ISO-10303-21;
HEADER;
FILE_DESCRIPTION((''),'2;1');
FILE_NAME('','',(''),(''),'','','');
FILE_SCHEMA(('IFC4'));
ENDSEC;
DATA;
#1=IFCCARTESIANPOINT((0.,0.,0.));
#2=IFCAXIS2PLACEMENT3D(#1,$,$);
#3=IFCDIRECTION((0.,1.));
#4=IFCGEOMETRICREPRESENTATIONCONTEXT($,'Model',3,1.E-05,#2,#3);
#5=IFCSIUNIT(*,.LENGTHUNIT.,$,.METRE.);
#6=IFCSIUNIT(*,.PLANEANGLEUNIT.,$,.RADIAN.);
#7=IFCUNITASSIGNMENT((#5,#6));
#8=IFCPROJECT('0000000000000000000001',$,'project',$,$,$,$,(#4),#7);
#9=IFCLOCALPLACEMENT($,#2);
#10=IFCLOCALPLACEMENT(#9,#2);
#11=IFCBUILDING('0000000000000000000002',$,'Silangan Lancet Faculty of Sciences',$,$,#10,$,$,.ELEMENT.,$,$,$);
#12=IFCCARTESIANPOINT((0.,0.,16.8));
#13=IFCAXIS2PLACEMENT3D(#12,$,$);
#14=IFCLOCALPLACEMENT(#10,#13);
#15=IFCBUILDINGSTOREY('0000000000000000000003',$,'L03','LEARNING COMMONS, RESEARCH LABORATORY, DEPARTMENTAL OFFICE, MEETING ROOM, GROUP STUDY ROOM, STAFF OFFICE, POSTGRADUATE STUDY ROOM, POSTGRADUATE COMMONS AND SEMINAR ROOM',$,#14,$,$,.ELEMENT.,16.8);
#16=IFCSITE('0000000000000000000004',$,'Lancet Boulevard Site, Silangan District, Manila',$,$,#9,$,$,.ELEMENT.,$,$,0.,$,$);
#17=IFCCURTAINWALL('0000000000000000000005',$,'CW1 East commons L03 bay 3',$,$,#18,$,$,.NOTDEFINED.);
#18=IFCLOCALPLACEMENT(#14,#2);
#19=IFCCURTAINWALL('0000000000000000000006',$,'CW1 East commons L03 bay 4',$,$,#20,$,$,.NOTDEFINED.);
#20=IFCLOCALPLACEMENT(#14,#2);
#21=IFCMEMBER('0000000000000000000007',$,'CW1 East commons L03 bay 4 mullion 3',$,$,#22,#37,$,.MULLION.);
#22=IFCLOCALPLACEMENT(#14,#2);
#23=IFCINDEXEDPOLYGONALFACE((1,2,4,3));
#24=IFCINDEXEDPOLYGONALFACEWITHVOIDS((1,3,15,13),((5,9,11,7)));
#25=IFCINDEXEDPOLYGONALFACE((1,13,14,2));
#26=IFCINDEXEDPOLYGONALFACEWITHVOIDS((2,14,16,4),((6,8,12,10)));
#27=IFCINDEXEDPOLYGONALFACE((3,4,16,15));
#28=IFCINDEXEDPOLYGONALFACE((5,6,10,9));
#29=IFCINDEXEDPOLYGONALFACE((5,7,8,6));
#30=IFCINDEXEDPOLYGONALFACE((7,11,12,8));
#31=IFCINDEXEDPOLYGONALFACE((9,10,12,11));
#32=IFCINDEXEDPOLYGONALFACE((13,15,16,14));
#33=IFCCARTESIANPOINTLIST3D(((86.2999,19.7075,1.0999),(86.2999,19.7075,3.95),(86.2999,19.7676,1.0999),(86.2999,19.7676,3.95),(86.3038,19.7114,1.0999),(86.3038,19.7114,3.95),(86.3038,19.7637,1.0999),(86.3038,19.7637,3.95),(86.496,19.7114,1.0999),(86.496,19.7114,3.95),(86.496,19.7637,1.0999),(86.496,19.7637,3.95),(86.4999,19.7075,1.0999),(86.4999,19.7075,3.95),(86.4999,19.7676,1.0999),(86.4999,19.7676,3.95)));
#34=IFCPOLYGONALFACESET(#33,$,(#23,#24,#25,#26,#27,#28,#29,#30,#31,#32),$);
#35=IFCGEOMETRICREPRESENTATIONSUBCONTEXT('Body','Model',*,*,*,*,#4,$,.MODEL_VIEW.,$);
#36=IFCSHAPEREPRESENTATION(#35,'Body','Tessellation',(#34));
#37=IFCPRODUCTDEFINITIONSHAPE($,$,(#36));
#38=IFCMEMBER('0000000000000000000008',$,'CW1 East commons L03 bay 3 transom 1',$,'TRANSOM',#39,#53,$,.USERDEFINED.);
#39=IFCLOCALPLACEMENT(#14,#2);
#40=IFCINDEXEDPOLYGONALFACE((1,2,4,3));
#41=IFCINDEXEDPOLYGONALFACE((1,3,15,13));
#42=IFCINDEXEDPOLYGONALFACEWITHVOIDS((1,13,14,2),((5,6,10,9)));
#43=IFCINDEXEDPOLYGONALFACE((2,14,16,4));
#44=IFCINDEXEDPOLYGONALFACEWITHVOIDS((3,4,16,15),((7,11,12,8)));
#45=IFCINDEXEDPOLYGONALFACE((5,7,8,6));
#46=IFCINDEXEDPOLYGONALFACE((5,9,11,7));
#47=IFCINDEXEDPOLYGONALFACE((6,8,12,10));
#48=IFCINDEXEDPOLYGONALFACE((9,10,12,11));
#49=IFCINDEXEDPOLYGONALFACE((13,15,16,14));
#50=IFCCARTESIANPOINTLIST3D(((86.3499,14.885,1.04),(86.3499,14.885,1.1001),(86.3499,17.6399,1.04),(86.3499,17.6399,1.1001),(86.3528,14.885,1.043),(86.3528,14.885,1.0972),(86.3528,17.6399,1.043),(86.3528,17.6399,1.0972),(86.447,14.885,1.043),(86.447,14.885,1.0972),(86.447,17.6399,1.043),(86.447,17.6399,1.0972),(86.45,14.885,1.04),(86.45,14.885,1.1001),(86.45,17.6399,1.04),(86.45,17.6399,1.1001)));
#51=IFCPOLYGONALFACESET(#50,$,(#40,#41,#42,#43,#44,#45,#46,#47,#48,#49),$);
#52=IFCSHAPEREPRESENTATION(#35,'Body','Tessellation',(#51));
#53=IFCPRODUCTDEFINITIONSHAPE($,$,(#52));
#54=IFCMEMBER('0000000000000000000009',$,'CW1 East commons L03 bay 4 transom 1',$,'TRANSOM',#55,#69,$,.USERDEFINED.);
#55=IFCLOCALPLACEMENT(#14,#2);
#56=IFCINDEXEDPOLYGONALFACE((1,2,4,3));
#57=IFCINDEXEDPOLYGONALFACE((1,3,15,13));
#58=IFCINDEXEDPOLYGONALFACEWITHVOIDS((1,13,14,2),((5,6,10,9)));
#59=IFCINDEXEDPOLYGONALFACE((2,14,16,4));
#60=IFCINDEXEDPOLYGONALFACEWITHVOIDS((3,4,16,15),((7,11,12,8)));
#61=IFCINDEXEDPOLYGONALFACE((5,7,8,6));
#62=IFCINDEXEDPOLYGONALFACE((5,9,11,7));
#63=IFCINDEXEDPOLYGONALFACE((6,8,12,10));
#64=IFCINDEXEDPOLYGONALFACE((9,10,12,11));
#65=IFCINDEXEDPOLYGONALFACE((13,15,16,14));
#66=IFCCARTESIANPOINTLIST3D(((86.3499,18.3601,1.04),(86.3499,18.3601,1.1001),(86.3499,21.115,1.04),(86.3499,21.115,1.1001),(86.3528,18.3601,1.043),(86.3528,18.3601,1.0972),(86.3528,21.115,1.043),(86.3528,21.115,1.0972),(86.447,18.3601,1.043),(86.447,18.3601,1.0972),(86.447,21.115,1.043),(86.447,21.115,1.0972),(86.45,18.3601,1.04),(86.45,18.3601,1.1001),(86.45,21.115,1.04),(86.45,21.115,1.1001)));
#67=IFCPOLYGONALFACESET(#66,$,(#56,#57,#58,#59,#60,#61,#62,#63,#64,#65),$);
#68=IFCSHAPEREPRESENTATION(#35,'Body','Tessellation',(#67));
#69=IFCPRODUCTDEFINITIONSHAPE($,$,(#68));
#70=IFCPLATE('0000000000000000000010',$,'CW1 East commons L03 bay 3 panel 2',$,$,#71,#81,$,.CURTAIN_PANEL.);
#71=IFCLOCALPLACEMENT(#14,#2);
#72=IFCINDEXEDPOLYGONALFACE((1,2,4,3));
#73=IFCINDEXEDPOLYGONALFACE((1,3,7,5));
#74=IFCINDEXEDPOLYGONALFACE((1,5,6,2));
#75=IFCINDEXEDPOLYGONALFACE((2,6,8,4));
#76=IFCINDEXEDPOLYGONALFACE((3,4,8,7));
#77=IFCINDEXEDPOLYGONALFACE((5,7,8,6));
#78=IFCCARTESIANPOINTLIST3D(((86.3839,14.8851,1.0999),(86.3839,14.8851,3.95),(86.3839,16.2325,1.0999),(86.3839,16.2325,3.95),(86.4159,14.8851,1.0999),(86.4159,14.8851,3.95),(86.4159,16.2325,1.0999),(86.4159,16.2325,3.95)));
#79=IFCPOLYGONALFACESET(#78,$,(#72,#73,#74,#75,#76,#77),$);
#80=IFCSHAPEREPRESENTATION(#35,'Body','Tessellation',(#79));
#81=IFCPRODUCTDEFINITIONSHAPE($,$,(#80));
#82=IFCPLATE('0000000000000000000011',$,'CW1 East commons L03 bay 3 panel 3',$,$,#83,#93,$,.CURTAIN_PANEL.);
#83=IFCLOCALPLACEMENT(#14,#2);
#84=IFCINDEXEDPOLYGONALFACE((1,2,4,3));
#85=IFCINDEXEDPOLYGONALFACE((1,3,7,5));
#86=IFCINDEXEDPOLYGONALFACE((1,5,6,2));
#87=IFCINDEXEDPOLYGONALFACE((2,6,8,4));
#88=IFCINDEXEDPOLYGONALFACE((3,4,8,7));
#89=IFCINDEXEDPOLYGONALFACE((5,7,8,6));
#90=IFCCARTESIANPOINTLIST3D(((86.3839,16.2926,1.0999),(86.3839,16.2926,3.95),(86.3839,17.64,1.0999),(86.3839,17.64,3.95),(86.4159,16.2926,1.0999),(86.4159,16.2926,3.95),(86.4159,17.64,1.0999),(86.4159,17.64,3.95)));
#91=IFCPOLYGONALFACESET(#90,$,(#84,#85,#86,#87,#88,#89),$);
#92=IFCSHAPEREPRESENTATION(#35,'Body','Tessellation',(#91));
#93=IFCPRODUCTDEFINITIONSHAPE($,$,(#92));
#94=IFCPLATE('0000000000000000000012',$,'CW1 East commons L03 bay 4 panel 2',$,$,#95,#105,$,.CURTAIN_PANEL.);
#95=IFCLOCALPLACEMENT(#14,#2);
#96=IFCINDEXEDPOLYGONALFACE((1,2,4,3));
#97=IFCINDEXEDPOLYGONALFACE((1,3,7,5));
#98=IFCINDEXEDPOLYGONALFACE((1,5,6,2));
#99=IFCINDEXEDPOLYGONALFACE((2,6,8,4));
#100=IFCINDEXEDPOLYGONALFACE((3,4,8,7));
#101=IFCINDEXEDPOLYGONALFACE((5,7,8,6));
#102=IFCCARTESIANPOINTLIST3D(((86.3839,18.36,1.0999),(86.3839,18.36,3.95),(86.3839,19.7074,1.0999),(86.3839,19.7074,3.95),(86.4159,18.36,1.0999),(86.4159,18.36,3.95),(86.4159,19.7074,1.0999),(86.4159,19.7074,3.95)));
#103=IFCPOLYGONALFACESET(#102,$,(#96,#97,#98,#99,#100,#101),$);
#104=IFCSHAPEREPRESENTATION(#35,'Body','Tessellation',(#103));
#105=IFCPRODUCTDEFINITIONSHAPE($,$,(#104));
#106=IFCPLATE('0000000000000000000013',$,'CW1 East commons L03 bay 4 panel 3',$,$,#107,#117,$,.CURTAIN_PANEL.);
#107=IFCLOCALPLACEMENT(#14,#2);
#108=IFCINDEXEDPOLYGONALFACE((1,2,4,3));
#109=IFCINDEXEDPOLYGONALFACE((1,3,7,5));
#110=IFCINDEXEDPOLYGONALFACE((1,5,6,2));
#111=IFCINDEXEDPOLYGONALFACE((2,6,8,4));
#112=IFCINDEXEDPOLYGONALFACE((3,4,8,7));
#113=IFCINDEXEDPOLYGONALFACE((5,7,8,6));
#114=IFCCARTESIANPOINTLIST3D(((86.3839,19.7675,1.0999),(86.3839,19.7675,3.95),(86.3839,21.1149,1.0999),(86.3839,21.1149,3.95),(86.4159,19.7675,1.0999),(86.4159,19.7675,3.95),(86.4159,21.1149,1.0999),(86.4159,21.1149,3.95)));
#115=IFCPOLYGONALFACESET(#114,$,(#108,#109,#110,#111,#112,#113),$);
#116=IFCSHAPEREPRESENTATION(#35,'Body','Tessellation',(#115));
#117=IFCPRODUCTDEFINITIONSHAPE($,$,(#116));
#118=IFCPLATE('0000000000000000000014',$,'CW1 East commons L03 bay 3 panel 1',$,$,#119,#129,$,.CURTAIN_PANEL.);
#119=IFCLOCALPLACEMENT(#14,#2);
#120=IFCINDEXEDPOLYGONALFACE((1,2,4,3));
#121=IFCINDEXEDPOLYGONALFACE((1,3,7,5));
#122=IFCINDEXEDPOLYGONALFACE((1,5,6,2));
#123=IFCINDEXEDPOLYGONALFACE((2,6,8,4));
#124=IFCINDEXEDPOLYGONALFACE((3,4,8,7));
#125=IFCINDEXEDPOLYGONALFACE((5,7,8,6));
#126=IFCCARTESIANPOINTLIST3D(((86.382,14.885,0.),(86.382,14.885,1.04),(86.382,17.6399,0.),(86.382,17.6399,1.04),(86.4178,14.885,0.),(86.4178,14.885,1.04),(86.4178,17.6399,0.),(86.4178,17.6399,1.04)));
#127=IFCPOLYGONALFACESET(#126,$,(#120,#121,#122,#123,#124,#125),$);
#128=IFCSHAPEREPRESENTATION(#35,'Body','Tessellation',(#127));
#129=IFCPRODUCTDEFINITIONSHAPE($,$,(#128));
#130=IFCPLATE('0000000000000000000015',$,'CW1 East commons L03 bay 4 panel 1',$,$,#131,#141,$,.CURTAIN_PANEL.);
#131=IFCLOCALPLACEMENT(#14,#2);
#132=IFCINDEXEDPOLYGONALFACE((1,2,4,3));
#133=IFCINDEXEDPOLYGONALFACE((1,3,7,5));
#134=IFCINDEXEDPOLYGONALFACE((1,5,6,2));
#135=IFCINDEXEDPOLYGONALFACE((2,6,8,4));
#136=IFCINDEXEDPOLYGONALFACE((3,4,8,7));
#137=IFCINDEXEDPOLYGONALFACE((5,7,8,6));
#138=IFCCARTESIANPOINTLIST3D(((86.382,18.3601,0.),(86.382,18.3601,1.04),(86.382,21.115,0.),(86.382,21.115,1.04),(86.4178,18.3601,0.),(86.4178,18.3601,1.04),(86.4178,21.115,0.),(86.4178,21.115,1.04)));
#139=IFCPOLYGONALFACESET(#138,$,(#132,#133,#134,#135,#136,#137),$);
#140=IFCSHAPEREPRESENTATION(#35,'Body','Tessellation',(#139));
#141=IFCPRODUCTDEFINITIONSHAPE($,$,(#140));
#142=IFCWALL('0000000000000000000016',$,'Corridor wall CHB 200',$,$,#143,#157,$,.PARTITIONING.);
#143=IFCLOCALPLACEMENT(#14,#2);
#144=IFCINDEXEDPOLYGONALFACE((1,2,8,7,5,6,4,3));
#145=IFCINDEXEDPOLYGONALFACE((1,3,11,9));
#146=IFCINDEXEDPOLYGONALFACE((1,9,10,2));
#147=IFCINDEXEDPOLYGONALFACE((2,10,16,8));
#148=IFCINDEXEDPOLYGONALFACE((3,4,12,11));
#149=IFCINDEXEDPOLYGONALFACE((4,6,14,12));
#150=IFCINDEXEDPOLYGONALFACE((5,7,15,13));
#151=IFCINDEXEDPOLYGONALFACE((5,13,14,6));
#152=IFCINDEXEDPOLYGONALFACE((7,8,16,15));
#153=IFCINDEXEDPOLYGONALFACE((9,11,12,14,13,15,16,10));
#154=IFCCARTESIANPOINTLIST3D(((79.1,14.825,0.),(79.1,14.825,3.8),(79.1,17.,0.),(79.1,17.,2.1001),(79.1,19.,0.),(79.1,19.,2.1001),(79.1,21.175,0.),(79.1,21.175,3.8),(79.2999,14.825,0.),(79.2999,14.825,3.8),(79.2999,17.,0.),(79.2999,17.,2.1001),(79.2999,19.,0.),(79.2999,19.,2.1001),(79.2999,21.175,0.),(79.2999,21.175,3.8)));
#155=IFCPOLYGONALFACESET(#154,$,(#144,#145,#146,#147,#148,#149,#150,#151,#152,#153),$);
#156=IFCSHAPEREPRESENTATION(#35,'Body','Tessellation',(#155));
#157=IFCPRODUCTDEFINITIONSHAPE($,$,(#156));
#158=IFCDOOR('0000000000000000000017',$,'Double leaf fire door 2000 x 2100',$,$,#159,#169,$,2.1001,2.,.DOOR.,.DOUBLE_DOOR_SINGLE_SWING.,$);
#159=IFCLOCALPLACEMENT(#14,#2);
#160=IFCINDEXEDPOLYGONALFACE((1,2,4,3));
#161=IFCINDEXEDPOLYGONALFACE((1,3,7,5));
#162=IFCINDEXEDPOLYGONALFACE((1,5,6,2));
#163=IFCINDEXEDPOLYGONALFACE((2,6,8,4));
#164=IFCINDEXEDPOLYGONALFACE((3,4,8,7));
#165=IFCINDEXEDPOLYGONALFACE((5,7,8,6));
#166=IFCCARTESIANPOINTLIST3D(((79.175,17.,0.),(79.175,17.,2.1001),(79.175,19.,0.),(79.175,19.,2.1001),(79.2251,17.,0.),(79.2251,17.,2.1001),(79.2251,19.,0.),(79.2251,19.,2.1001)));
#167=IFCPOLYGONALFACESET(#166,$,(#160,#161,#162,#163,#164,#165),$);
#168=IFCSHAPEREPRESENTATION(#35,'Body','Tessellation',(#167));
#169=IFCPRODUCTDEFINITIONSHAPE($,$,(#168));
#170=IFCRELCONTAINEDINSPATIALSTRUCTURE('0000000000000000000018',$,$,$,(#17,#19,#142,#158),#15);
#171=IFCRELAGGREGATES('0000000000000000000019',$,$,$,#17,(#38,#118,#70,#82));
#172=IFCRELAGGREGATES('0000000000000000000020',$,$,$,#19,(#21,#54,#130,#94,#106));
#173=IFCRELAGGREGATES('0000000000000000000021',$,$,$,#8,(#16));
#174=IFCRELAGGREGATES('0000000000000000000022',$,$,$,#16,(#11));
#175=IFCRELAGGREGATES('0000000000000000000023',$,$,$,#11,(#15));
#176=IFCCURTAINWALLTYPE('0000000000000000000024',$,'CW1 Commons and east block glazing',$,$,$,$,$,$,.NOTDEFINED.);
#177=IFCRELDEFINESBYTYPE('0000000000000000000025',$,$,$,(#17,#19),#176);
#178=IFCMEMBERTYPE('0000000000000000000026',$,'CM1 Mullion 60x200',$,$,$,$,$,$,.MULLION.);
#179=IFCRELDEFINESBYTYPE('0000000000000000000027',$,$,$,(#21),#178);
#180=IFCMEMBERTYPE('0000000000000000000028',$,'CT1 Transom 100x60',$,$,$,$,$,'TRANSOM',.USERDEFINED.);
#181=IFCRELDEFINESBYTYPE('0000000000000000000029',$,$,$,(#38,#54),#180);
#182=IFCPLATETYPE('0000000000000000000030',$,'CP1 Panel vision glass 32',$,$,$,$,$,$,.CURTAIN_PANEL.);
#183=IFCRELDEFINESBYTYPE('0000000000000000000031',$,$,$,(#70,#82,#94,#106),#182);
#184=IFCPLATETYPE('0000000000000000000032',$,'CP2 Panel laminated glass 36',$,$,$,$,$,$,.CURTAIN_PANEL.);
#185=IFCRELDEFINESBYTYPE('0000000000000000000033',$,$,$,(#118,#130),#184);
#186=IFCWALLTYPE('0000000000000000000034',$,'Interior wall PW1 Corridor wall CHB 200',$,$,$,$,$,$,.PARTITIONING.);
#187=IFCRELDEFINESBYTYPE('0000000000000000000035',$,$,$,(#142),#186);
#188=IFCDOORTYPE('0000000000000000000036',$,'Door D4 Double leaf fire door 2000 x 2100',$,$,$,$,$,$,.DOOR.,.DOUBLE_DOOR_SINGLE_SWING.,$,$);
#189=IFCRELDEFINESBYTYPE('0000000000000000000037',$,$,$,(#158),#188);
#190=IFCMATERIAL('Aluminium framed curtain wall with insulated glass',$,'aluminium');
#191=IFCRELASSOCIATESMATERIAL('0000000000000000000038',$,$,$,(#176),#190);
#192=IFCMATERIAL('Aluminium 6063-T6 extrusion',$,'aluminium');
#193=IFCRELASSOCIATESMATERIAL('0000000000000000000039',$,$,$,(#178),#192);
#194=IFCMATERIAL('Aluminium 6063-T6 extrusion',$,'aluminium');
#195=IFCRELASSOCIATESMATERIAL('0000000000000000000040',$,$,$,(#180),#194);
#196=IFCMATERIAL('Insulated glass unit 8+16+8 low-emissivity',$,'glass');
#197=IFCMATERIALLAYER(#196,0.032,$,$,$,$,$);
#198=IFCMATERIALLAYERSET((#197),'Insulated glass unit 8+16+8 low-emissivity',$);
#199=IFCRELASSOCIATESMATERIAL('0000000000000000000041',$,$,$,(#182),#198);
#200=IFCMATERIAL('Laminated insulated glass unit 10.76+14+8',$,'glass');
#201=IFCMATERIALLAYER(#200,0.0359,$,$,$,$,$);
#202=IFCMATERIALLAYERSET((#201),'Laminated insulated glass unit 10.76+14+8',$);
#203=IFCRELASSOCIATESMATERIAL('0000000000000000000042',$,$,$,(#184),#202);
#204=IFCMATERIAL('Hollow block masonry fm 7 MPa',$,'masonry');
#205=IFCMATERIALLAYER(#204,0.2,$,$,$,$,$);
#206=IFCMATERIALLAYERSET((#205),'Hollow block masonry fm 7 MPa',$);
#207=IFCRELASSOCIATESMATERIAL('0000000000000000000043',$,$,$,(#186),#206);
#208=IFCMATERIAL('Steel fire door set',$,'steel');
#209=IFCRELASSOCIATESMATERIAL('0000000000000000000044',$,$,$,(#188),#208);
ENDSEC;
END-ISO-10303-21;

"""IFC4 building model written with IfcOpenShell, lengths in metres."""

from ifc_helpers import new_model, si_unit, direction, frame, frame_2d, origin, origin_2d, place, context, subcontext, project, spatial, rectangle, hollow_rectangle, extrude, material, layer, layer_set, material_profile, profile_set, type_object, element, fill, aggregate, save


model = new_model("IFC4")

# Units and contexts
model_context = context("Model", 3, precision=1e-05, world=origin(), true_north=direction((0.0, 1.0)))
body_context = subcontext(model_context, "Body", "Model", "MODEL_VIEW")
ifc_project = project(units=[si_unit("LENGTHUNIT", "METRE"), si_unit("PLANEANGLEUNIT", "RADIAN")], contexts=[model_context])

# Site, building, storey
site_placement = place(None, origin())
site = spatial("IfcSite", under=ifc_project, at=site_placement, Name="Lancet Boulevard Site, Silangan District, Manila", CompositionType="ELEMENT", RefElevation=0.0)
building_placement = place(site_placement, origin())
building = spatial("IfcBuilding", under=site, at=building_placement, Name="Silangan Lancet Faculty of Sciences", CompositionType="ELEMENT")
storey_placement = place(building_placement, frame((0.0, 0.0, 16.8)))
storey = spatial("IfcBuildingStorey", under=building, at=storey_placement, Name="L03", Description="LEARNING COMMONS, RESEARCH LABORATORY, DEPARTMENTAL OFFICE, MEETING ROOM, GROUP STUDY ROOM, STAFF OFFICE, POSTGRADUATE STUDY ROOM, POSTGRADUATE COMMONS AND SEMINAR ROOM", CompositionType="ELEMENT", Elevation=16.8)

# Shared definitions
ifc_material_1 = material(Name="Aluminium framed curtain wall with insulated glass", Category="aluminium")
curtain_wall_type = type_object("IfcCurtainWallType", Name="CW1 Commons and east block glazing", PredefinedType="NOTDEFINED", material=ifc_material_1)
ifc_material_2 = material(Name="Aluminium 6063-T6 extrusion", Category="aluminium")
ifc_material_profile_1 = material_profile(ifc_material_2, hollow_rectangle(XDim=0.0601, YDim=0.2, WallThickness=0.0039, at=origin_2d()), Name="AL BOX 60x200x4")
ifc_profile_set_1 = profile_set([ifc_material_profile_1], Name="Aluminium 6063-T6 extrusion")
member_type_1 = type_object("IfcMemberType", Name="CM1 Mullion 60x200", PredefinedType="MULLION", material=ifc_profile_set_1)

# Curtain walls, member
curtain_wall_1_placement = place(storey_placement, origin())
curtain_wall_1 = element("IfcCurtainWall", 1, at=curtain_wall_1_placement, inside=storey, type_object=curtain_wall_type, Name="CW1 East commons L03 bay 3", PredefinedType="NOTDEFINED")
curtain_wall_2_placement = place(storey_placement, origin())
curtain_wall_2 = element("IfcCurtainWall", 2, at=curtain_wall_2_placement, inside=storey, type_object=curtain_wall_type, Name="CW1 East commons L03 bay 4", PredefinedType="NOTDEFINED")
member_1_placement = place(storey_placement, frame((86.3999, 19.7375, 1.0999), z_axis=(0.0, 0.0, 1.0), x_axis=(0.0, 1.0, 0.0)))
member_1 = element("IfcMember", 3, at=member_1_placement, type_object=member_type_1, Name="CW1 East commons L03 bay 4 mullion 3", PredefinedType="MULLION", context=body_context, shape_type="SweptSolid", body=[
    extrude(hollow_rectangle(XDim=0.0601, YDim=0.2, WallThickness=0.0039, at=origin_2d()), origin(), (0.0, 0.0, 1.0), 2.8501),
])

# Members
ifc_material_3 = material(Name="Aluminium 6063-T6 extrusion", Category="aluminium")
ifc_material_profile_2 = material_profile(ifc_material_3, hollow_rectangle(XDim=0.1001, YDim=0.0601, WallThickness=0.0029, at=origin_2d()), Name="AL BOX 100x60x3")
ifc_profile_set_2 = profile_set([ifc_material_profile_2], Name="Aluminium 6063-T6 extrusion")
member_type_2 = type_object("IfcMemberType", Name="CT1 Transom 100x60", ElementType="TRANSOM", PredefinedType="USERDEFINED", material=ifc_profile_set_2)
member_2_placement = place(storey_placement, frame((86.3999, 14.885, 1.0701), z_axis=(0.0, 1.0, 0.0), x_axis=(-1.0, 0.0, 0.0)))
member_2 = element("IfcMember", 4, at=member_2_placement, type_object=member_type_2, Name="CW1 East commons L03 bay 3 transom 1", ObjectType="TRANSOM", PredefinedType="USERDEFINED", context=body_context, shape_type="SweptSolid", body=[
    extrude(hollow_rectangle(XDim=0.1001, YDim=0.0601, WallThickness=0.0029, at=origin_2d()), origin(), (0.0, 0.0, 1.0), 2.7549),
])
member_3_placement = place(storey_placement, frame((86.3999, 18.3601, 1.0701), z_axis=(0.0, 1.0, 0.0), x_axis=(-1.0, 0.0, 0.0)))
member_3 = element("IfcMember", 5, at=member_3_placement, type_object=member_type_2, Name="CW1 East commons L03 bay 4 transom 1", ObjectType="TRANSOM", PredefinedType="USERDEFINED", context=body_context, shape_type="SweptSolid", body=[
    extrude(hollow_rectangle(XDim=0.1001, YDim=0.0601, WallThickness=0.0029, at=origin_2d()), origin(), (0.0, 0.0, 1.0), 2.7549),
])

# Plates
ifc_material_4 = material(Name="Insulated glass unit 8+16+8 low-emissivity", Category="glass")
ifc_layer_1 = layer(ifc_material_4, 0.032)
ifc_layer_set_1 = layer_set([ifc_layer_1], Name="Insulated glass unit 8+16+8 low-emissivity")
plate_type_1 = type_object("IfcPlateType", Name="CP1 Panel vision glass 32", PredefinedType="CURTAIN_PANEL", material=ifc_layer_set_1)
plate_1_placement = place(storey_placement, frame((86.3999, 15.5588, 1.0999), z_axis=(0.0, 0.0, 1.0), x_axis=(0.0, 1.0, 0.0)))
plate_1 = element("IfcPlate", 6, at=plate_1_placement, type_object=plate_type_1, Name="CW1 East commons L03 bay 3 panel 2", PredefinedType="CURTAIN_PANEL", context=body_context, shape_type="SweptSolid", body=[
    extrude(rectangle(XDim=1.3474, YDim=0.032, at=origin_2d()), origin(), (0.0, 0.0, 1.0), 2.8501),
])
plate_2_placement = place(storey_placement, frame((86.3999, 16.9663, 1.0999), z_axis=(0.0, 0.0, 1.0), x_axis=(0.0, 1.0, 0.0)))
plate_2 = element("IfcPlate", 7, at=plate_2_placement, type_object=plate_type_1, Name="CW1 East commons L03 bay 3 panel 3", PredefinedType="CURTAIN_PANEL", context=body_context, shape_type="SweptSolid", body=[
    extrude(rectangle(XDim=1.3474, YDim=0.032, at=origin_2d()), origin(), (0.0, 0.0, 1.0), 2.8501),
])
plate_3_placement = place(storey_placement, frame((86.3999, 19.0337, 1.0999), z_axis=(0.0, 0.0, 1.0), x_axis=(0.0, 1.0, 0.0)))
plate_3 = element("IfcPlate", 8, at=plate_3_placement, type_object=plate_type_1, Name="CW1 East commons L03 bay 4 panel 2", PredefinedType="CURTAIN_PANEL", context=body_context, shape_type="SweptSolid", body=[
    extrude(rectangle(XDim=1.3474, YDim=0.032, at=origin_2d()), origin(), (0.0, 0.0, 1.0), 2.8501),
])
plate_4_placement = place(storey_placement, frame((86.3999, 20.4412, 1.0999), z_axis=(0.0, 0.0, 1.0), x_axis=(0.0, 1.0, 0.0)))
plate_4 = element("IfcPlate", 9, at=plate_4_placement, type_object=plate_type_1, Name="CW1 East commons L03 bay 4 panel 3", PredefinedType="CURTAIN_PANEL", context=body_context, shape_type="SweptSolid", body=[
    extrude(rectangle(XDim=1.3474, YDim=0.032, at=origin_2d()), origin(), (0.0, 0.0, 1.0), 2.8501),
])
ifc_material_5 = material(Name="Laminated insulated glass unit 10.76+14+8", Category="glass")
ifc_layer_2 = layer(ifc_material_5, 0.0359)
ifc_layer_set_2 = layer_set([ifc_layer_2], Name="Laminated insulated glass unit 10.76+14+8")
plate_type_2 = type_object("IfcPlateType", Name="CP2 Panel laminated glass 36", PredefinedType="CURTAIN_PANEL", material=ifc_layer_set_2)
plate_5_placement = place(storey_placement, frame((86.3999, 16.2625, 0.0), z_axis=(0.0, 0.0, 1.0), x_axis=(0.0, 1.0, 0.0)))
plate_5 = element("IfcPlate", 10, at=plate_5_placement, type_object=plate_type_2, Name="CW1 East commons L03 bay 3 panel 1", PredefinedType="CURTAIN_PANEL", context=body_context, shape_type="SweptSolid", body=[
    extrude(rectangle(XDim=2.7549, YDim=0.0359, at=origin_2d()), origin(), (0.0, 0.0, 1.0), 1.04),
])
aggregate(curtain_wall_1, [member_2, plate_5, plate_1, plate_2])
plate_6_placement = place(storey_placement, frame((86.3999, 19.7375, 0.0), z_axis=(0.0, 0.0, 1.0), x_axis=(0.0, 1.0, 0.0)))
plate_6 = element("IfcPlate", 11, at=plate_6_placement, type_object=plate_type_2, Name="CW1 East commons L03 bay 4 panel 1", PredefinedType="CURTAIN_PANEL", context=body_context, shape_type="SweptSolid", body=[
    extrude(rectangle(XDim=2.7549, YDim=0.0359, at=origin_2d()), origin(), (0.0, 0.0, 1.0), 1.04),
])
aggregate(curtain_wall_2, [member_1, member_3, plate_6, plate_3, plate_4])

# Wall, opening, door
ifc_material_6 = material(Name="Hollow block masonry fm 7 MPa", Category="masonry")
ifc_layer_3 = layer(ifc_material_6, 0.2)
ifc_layer_set_3 = layer_set([ifc_layer_3], Name="Hollow block masonry fm 7 MPa")
wall_type_1 = type_object("IfcWallType", Name="Interior wall PW1 Corridor wall CHB 200", PredefinedType="PARTITIONING", material=ifc_layer_set_3)
wall_1_placement = place(storey_placement, frame((79.2, 14.825, 0.0), z_axis=(0.0, 0.0, 1.0), x_axis=(0.0, 1.0, 0.0)))
wall_1 = element("IfcWall", 12, at=wall_1_placement, inside=storey, type_object=wall_type_1, Name="Corridor wall CHB 200", PredefinedType="PARTITIONING", context=body_context, shape_type="SweptSolid", body=[
    extrude(rectangle(XDim=6.3501, YDim=0.2, at=frame_2d((3.175, 0.0))), origin(), (0.0, 0.0, 1.0), 3.8),
])
opening_1_placement = place(wall_1_placement, frame((2.175, 0.0, 0.0)))
opening_1 = element("IfcOpeningElement", 13, at=opening_1_placement, cuts=wall_1, PredefinedType="OPENING", context=body_context, shape_type="SweptSolid", body=[
    extrude(rectangle(XDim=2.0, YDim=2.1001, at=frame_2d((1.0, 1.05))), frame((0.0, 0.1099, 0.0), z_axis=(0.0, -1.0, 0.0), x_axis=(1.0, 0.0, 0.0)), (0.0, 0.0, 1.0), 0.22),
])
ifc_material_7 = material(Name="Steel fire door set", Category="steel")
door_type = type_object("IfcDoorType", Name="Door D4 Double leaf fire door 2000 x 2100", OperationType="DOUBLE_DOOR_SINGLE_SWING", PredefinedType="DOOR", material=ifc_material_7)
door_1_placement = place(opening_1_placement, origin())
door_1 = element("IfcDoor", 14, at=door_1_placement, inside=storey, type_object=door_type, Name="Double leaf fire door 2000 x 2100", OperationType="DOUBLE_DOOR_SINGLE_SWING", OverallHeight=2.1001, OverallWidth=2.0, PredefinedType="DOOR", context=body_context, shape_type="SweptSolid", body=[
    extrude(rectangle(XDim=2.0, YDim=2.1001, at=frame_2d((1.0, 1.05))), frame((0.0, 0.0249, 0.0), z_axis=(0.0, -1.0, 0.0), x_axis=(1.0, 0.0, 0.0)), (0.0, 0.0, 1.0), 0.05),
])
fill(opening_1, door_1)

save(model, "model.ifc")
